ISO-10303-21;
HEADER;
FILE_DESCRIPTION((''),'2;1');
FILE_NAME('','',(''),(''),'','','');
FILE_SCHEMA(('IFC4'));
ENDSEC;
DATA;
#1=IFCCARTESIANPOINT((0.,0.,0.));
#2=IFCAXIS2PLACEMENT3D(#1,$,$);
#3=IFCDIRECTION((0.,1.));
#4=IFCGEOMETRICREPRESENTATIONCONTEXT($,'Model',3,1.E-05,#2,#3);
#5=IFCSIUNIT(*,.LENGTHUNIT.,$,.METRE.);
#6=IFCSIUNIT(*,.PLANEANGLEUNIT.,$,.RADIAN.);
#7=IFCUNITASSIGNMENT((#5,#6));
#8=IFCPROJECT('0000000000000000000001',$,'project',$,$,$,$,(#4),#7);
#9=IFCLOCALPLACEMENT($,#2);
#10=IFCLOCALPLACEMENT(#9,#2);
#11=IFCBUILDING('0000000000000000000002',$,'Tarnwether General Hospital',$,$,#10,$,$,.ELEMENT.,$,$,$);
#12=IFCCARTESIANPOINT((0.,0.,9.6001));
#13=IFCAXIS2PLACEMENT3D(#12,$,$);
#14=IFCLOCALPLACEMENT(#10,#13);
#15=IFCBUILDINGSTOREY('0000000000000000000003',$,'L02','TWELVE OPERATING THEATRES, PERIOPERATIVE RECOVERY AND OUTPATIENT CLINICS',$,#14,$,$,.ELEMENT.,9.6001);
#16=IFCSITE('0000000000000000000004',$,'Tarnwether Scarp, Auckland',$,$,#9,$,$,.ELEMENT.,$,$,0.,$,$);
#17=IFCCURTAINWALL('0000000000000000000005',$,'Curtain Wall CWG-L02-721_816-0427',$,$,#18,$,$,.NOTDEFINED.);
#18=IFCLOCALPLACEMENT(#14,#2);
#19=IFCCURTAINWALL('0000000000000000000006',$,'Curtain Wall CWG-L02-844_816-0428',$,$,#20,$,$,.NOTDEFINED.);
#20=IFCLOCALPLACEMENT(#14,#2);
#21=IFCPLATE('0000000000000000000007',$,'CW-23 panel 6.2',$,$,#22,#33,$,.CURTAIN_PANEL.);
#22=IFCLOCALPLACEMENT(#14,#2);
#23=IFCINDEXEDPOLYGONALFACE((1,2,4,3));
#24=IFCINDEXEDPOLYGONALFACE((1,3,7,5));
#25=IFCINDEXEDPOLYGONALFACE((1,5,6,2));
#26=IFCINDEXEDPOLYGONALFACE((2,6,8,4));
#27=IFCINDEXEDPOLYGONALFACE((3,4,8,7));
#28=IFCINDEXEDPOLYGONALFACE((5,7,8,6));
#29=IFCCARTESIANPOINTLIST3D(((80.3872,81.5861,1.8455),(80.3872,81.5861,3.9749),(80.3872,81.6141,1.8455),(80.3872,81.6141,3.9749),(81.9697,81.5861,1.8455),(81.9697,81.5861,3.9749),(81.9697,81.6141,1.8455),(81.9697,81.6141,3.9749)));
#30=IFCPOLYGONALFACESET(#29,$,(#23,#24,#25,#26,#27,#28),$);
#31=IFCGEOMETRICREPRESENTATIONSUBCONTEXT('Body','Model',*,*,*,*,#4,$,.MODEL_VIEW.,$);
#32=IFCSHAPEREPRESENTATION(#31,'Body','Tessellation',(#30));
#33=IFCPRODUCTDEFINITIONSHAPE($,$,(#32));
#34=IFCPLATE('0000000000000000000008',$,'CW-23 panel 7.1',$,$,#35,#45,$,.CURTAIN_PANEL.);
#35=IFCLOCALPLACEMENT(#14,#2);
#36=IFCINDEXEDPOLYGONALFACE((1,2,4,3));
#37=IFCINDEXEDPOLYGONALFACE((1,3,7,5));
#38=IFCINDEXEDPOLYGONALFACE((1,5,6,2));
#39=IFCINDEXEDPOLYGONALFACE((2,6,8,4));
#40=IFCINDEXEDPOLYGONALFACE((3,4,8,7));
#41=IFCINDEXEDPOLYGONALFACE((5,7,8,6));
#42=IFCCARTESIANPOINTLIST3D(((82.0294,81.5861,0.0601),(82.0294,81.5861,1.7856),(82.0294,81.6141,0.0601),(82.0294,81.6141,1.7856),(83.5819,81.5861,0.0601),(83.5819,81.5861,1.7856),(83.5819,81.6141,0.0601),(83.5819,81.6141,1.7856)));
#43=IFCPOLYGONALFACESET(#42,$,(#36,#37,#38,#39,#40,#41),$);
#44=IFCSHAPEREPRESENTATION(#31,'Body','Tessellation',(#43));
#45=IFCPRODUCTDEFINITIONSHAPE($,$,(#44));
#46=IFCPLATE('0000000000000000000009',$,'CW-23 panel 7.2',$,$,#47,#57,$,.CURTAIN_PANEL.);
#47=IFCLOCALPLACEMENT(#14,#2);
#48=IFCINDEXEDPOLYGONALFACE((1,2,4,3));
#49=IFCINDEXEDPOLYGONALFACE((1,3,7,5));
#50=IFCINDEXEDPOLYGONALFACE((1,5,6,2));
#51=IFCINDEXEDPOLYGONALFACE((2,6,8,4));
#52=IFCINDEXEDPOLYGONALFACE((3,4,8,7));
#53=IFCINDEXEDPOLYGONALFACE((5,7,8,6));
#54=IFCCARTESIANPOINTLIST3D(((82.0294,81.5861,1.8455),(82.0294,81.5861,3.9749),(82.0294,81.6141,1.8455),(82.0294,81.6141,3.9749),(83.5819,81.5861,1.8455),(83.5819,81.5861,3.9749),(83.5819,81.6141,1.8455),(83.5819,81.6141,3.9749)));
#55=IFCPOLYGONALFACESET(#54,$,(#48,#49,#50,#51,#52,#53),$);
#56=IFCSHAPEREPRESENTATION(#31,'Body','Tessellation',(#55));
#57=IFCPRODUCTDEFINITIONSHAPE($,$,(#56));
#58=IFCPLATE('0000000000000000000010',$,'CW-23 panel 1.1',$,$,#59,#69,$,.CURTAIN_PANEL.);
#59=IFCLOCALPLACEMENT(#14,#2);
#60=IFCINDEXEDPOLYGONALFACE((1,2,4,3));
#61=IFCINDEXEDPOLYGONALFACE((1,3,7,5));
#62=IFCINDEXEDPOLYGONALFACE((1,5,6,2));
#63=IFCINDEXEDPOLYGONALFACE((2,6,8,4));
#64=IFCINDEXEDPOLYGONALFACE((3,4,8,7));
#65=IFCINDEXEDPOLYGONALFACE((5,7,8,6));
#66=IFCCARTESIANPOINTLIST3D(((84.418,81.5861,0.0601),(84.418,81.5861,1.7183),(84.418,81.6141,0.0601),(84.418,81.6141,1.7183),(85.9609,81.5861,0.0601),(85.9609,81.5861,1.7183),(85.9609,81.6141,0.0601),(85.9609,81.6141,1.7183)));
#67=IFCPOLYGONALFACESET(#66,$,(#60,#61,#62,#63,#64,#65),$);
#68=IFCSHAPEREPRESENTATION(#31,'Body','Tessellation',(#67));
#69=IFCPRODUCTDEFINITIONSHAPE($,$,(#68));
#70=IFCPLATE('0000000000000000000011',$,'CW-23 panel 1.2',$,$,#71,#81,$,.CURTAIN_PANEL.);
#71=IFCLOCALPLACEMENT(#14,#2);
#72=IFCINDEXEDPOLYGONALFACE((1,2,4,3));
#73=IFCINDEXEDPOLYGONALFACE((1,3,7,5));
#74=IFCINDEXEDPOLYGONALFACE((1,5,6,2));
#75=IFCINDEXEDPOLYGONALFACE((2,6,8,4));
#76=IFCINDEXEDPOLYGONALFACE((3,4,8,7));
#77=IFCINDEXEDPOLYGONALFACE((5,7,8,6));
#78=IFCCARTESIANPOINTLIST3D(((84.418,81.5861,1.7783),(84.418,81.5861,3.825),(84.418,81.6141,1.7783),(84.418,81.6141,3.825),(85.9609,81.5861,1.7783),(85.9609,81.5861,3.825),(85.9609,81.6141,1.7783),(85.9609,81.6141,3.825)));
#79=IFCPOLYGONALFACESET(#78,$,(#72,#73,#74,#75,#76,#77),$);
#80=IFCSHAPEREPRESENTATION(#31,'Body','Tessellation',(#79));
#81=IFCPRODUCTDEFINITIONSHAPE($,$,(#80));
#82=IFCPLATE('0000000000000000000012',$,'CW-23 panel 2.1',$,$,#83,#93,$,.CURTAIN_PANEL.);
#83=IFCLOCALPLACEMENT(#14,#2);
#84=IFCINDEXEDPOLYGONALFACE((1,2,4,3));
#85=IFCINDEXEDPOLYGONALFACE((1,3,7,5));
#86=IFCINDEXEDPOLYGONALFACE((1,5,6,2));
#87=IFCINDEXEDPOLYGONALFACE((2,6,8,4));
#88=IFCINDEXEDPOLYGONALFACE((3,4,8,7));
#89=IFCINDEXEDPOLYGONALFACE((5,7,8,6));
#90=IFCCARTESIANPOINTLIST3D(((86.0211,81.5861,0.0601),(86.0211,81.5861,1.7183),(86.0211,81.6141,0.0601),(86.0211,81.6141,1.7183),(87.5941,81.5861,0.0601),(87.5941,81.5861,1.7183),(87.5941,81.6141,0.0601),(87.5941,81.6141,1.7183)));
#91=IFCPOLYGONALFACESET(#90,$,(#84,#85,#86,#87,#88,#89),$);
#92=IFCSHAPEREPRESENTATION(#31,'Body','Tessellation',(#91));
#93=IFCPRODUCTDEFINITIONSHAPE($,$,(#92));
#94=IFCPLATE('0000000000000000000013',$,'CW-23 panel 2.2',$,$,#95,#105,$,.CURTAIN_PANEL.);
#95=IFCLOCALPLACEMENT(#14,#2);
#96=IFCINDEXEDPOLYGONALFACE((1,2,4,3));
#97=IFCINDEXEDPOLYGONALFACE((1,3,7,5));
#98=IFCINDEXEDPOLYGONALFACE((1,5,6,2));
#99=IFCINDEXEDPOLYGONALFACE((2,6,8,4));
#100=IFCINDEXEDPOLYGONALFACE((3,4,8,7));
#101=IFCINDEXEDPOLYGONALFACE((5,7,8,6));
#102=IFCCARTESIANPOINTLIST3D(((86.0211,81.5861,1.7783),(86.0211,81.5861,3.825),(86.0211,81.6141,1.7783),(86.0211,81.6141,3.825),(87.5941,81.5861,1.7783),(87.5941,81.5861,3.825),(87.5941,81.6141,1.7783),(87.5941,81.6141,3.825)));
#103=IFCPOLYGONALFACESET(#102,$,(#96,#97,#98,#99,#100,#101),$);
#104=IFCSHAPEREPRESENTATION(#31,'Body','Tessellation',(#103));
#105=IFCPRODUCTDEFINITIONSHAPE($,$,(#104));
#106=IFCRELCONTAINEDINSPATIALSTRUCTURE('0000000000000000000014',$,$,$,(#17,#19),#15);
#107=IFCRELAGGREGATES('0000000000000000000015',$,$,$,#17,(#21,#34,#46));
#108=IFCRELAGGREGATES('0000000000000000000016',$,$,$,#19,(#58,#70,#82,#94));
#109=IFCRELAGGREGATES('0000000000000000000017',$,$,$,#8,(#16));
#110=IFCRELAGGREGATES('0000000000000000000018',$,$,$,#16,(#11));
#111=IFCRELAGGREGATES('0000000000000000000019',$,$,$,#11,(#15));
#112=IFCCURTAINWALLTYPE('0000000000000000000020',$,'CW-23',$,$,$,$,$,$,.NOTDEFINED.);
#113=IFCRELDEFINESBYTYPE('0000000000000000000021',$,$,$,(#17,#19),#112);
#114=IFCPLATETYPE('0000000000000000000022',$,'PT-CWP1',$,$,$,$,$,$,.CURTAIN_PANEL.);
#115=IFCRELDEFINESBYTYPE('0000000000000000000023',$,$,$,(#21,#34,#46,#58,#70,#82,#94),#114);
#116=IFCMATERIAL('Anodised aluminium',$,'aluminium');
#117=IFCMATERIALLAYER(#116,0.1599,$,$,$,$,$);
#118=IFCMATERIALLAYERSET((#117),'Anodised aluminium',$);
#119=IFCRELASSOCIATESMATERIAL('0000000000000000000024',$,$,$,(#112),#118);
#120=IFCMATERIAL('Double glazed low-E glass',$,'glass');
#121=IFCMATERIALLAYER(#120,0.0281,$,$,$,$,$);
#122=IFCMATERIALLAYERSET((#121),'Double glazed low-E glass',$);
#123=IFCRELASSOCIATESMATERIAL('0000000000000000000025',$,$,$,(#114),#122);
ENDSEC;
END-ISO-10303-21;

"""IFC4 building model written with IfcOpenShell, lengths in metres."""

from ifc_helpers import new_model, si_unit, direction, frame, origin, origin_2d, place, context, subcontext, project, spatial, rectangle, extrude, material, layer, layer_set, type_object, element, aggregate, save


model = new_model("IFC4")

# Units and contexts
model_context = context("Model", 3, precision=1e-05, world=origin(), true_north=direction((0.0, 1.0)))
body_context = subcontext(model_context, "Body", "Model", "MODEL_VIEW")
ifc_project = project(units=[si_unit("LENGTHUNIT", "METRE"), si_unit("PLANEANGLEUNIT", "RADIAN")], contexts=[model_context])

# Site, building, storey
site_placement = place(None, origin())
site = spatial("IfcSite", under=ifc_project, at=site_placement, Name="Tarnwether Scarp, Auckland", CompositionType="ELEMENT", RefElevation=0.0)
building_placement = place(site_placement, origin())
building = spatial("IfcBuilding", under=site, at=building_placement, Name="Tarnwether General Hospital", CompositionType="ELEMENT")
storey_placement = place(building_placement, frame((0.0, 0.0, 9.6001)))
storey = spatial("IfcBuildingStorey", under=building, at=storey_placement, Name="L02", Description="TWELVE OPERATING THEATRES, PERIOPERATIVE RECOVERY AND OUTPATIENT CLINICS", CompositionType="ELEMENT", Elevation=9.6001)

# Curtain walls
ifc_material_1 = material(Name="Anodised aluminium", Category="aluminium")
ifc_layer_1 = layer(ifc_material_1, 0.1599)
ifc_layer_set_1 = layer_set([ifc_layer_1], Name="Anodised aluminium")
curtain_wall_type = type_object("IfcCurtainWallType", Name="CW-23", PredefinedType="NOTDEFINED", material=ifc_layer_set_1)
curtain_wall_1_placement = place(storey_placement, origin())
curtain_wall_1 = element("IfcCurtainWall", 1, at=curtain_wall_1_placement, inside=storey, type_object=curtain_wall_type, Name="Curtain Wall CWG-L02-721_816-0427", PredefinedType="NOTDEFINED")
curtain_wall_2_placement = place(storey_placement, origin())
curtain_wall_2 = element("IfcCurtainWall", 2, at=curtain_wall_2_placement, inside=storey, type_object=curtain_wall_type, Name="Curtain Wall CWG-L02-844_816-0428", PredefinedType="NOTDEFINED")

# Plates
ifc_material_2 = material(Name="Double glazed low-E glass", Category="glass")
ifc_layer_2 = layer(ifc_material_2, 0.0281)
ifc_layer_set_2 = layer_set([ifc_layer_2], Name="Double glazed low-E glass")
plate_type = type_object("IfcPlateType", Name="PT-CWP1", PredefinedType="CURTAIN_PANEL", material=ifc_layer_set_2)
plate_1_placement = place(storey_placement, frame((81.1785, 81.6001, 1.8455), z_axis=(0.0, 0.0, 1.0), x_axis=(1.0, 0.0, 0.0)))
plate_1 = element("IfcPlate", 3, at=plate_1_placement, type_object=plate_type, Name="CW-23 panel 6.2", PredefinedType="CURTAIN_PANEL", context=body_context, shape_type="SweptSolid", body=[
    extrude(rectangle(XDim=1.5825, YDim=0.0281, at=origin_2d()), origin(), (0.0, 0.0, 1.0), 2.1294),
])
plate_2_placement = place(storey_placement, frame((82.8057, 81.6001, 0.0601), z_axis=(0.0, 0.0, 1.0), x_axis=(1.0, 0.0, 0.0)))
plate_2 = element("IfcPlate", 4, at=plate_2_placement, type_object=plate_type, Name="CW-23 panel 7.1", PredefinedType="CURTAIN_PANEL", context=body_context, shape_type="SweptSolid", body=[
    extrude(rectangle(XDim=1.5525, YDim=0.0281, at=origin_2d()), origin(), (0.0, 0.0, 1.0), 1.7256),
])
plate_3_placement = place(storey_placement, frame((82.8057, 81.6001, 1.8455), z_axis=(0.0, 0.0, 1.0), x_axis=(1.0, 0.0, 0.0)))
plate_3 = element("IfcPlate", 5, at=plate_3_placement, type_object=plate_type, Name="CW-23 panel 7.2", PredefinedType="CURTAIN_PANEL", context=body_context, shape_type="SweptSolid", body=[
    extrude(rectangle(XDim=1.5525, YDim=0.0281, at=origin_2d()), origin(), (0.0, 0.0, 1.0), 2.1294),
])
aggregate(curtain_wall_1, [plate_1, plate_2, plate_3])
plate_4_placement = place(storey_placement, frame((85.1895, 81.6001, 0.0601), z_axis=(0.0, 0.0, 1.0), x_axis=(1.0, 0.0, 0.0)))
plate_4 = element("IfcPlate", 6, at=plate_4_placement, type_object=plate_type, Name="CW-23 panel 1.1", PredefinedType="CURTAIN_PANEL", context=body_context, shape_type="SweptSolid", body=[
    extrude(rectangle(XDim=1.543, YDim=0.0281, at=origin_2d()), origin(), (0.0, 0.0, 1.0), 1.6582),
])
plate_5_placement = place(storey_placement, frame((85.1895, 81.6001, 1.7783), z_axis=(0.0, 0.0, 1.0), x_axis=(1.0, 0.0, 0.0)))
plate_5 = element("IfcPlate", 7, at=plate_5_placement, type_object=plate_type, Name="CW-23 panel 1.2", PredefinedType="CURTAIN_PANEL", context=body_context, shape_type="SweptSolid", body=[
    extrude(rectangle(XDim=1.543, YDim=0.0281, at=origin_2d()), origin(), (0.0, 0.0, 1.0), 2.0466),
])
plate_6_placement = place(storey_placement, frame((86.8076, 81.6001, 0.0601), z_axis=(0.0, 0.0, 1.0), x_axis=(1.0, 0.0, 0.0)))
plate_6 = element("IfcPlate", 8, at=plate_6_placement, type_object=plate_type, Name="CW-23 panel 2.1", PredefinedType="CURTAIN_PANEL", context=body_context, shape_type="SweptSolid", body=[
    extrude(rectangle(XDim=1.573, YDim=0.0281, at=origin_2d()), origin(), (0.0, 0.0, 1.0), 1.6582),
])
plate_7_placement = place(storey_placement, frame((86.8076, 81.6001, 1.7783), z_axis=(0.0, 0.0, 1.0), x_axis=(1.0, 0.0, 0.0)))
plate_7 = element("IfcPlate", 9, at=plate_7_placement, type_object=plate_type, Name="CW-23 panel 2.2", PredefinedType="CURTAIN_PANEL", context=body_context, shape_type="SweptSolid", body=[
    extrude(rectangle(XDim=1.573, YDim=0.0281, at=origin_2d()), origin(), (0.0, 0.0, 1.0), 2.0466),
])
aggregate(curtain_wall_2, [plate_4, plate_5, plate_6, plate_7])

save(model, "model.ifc")
